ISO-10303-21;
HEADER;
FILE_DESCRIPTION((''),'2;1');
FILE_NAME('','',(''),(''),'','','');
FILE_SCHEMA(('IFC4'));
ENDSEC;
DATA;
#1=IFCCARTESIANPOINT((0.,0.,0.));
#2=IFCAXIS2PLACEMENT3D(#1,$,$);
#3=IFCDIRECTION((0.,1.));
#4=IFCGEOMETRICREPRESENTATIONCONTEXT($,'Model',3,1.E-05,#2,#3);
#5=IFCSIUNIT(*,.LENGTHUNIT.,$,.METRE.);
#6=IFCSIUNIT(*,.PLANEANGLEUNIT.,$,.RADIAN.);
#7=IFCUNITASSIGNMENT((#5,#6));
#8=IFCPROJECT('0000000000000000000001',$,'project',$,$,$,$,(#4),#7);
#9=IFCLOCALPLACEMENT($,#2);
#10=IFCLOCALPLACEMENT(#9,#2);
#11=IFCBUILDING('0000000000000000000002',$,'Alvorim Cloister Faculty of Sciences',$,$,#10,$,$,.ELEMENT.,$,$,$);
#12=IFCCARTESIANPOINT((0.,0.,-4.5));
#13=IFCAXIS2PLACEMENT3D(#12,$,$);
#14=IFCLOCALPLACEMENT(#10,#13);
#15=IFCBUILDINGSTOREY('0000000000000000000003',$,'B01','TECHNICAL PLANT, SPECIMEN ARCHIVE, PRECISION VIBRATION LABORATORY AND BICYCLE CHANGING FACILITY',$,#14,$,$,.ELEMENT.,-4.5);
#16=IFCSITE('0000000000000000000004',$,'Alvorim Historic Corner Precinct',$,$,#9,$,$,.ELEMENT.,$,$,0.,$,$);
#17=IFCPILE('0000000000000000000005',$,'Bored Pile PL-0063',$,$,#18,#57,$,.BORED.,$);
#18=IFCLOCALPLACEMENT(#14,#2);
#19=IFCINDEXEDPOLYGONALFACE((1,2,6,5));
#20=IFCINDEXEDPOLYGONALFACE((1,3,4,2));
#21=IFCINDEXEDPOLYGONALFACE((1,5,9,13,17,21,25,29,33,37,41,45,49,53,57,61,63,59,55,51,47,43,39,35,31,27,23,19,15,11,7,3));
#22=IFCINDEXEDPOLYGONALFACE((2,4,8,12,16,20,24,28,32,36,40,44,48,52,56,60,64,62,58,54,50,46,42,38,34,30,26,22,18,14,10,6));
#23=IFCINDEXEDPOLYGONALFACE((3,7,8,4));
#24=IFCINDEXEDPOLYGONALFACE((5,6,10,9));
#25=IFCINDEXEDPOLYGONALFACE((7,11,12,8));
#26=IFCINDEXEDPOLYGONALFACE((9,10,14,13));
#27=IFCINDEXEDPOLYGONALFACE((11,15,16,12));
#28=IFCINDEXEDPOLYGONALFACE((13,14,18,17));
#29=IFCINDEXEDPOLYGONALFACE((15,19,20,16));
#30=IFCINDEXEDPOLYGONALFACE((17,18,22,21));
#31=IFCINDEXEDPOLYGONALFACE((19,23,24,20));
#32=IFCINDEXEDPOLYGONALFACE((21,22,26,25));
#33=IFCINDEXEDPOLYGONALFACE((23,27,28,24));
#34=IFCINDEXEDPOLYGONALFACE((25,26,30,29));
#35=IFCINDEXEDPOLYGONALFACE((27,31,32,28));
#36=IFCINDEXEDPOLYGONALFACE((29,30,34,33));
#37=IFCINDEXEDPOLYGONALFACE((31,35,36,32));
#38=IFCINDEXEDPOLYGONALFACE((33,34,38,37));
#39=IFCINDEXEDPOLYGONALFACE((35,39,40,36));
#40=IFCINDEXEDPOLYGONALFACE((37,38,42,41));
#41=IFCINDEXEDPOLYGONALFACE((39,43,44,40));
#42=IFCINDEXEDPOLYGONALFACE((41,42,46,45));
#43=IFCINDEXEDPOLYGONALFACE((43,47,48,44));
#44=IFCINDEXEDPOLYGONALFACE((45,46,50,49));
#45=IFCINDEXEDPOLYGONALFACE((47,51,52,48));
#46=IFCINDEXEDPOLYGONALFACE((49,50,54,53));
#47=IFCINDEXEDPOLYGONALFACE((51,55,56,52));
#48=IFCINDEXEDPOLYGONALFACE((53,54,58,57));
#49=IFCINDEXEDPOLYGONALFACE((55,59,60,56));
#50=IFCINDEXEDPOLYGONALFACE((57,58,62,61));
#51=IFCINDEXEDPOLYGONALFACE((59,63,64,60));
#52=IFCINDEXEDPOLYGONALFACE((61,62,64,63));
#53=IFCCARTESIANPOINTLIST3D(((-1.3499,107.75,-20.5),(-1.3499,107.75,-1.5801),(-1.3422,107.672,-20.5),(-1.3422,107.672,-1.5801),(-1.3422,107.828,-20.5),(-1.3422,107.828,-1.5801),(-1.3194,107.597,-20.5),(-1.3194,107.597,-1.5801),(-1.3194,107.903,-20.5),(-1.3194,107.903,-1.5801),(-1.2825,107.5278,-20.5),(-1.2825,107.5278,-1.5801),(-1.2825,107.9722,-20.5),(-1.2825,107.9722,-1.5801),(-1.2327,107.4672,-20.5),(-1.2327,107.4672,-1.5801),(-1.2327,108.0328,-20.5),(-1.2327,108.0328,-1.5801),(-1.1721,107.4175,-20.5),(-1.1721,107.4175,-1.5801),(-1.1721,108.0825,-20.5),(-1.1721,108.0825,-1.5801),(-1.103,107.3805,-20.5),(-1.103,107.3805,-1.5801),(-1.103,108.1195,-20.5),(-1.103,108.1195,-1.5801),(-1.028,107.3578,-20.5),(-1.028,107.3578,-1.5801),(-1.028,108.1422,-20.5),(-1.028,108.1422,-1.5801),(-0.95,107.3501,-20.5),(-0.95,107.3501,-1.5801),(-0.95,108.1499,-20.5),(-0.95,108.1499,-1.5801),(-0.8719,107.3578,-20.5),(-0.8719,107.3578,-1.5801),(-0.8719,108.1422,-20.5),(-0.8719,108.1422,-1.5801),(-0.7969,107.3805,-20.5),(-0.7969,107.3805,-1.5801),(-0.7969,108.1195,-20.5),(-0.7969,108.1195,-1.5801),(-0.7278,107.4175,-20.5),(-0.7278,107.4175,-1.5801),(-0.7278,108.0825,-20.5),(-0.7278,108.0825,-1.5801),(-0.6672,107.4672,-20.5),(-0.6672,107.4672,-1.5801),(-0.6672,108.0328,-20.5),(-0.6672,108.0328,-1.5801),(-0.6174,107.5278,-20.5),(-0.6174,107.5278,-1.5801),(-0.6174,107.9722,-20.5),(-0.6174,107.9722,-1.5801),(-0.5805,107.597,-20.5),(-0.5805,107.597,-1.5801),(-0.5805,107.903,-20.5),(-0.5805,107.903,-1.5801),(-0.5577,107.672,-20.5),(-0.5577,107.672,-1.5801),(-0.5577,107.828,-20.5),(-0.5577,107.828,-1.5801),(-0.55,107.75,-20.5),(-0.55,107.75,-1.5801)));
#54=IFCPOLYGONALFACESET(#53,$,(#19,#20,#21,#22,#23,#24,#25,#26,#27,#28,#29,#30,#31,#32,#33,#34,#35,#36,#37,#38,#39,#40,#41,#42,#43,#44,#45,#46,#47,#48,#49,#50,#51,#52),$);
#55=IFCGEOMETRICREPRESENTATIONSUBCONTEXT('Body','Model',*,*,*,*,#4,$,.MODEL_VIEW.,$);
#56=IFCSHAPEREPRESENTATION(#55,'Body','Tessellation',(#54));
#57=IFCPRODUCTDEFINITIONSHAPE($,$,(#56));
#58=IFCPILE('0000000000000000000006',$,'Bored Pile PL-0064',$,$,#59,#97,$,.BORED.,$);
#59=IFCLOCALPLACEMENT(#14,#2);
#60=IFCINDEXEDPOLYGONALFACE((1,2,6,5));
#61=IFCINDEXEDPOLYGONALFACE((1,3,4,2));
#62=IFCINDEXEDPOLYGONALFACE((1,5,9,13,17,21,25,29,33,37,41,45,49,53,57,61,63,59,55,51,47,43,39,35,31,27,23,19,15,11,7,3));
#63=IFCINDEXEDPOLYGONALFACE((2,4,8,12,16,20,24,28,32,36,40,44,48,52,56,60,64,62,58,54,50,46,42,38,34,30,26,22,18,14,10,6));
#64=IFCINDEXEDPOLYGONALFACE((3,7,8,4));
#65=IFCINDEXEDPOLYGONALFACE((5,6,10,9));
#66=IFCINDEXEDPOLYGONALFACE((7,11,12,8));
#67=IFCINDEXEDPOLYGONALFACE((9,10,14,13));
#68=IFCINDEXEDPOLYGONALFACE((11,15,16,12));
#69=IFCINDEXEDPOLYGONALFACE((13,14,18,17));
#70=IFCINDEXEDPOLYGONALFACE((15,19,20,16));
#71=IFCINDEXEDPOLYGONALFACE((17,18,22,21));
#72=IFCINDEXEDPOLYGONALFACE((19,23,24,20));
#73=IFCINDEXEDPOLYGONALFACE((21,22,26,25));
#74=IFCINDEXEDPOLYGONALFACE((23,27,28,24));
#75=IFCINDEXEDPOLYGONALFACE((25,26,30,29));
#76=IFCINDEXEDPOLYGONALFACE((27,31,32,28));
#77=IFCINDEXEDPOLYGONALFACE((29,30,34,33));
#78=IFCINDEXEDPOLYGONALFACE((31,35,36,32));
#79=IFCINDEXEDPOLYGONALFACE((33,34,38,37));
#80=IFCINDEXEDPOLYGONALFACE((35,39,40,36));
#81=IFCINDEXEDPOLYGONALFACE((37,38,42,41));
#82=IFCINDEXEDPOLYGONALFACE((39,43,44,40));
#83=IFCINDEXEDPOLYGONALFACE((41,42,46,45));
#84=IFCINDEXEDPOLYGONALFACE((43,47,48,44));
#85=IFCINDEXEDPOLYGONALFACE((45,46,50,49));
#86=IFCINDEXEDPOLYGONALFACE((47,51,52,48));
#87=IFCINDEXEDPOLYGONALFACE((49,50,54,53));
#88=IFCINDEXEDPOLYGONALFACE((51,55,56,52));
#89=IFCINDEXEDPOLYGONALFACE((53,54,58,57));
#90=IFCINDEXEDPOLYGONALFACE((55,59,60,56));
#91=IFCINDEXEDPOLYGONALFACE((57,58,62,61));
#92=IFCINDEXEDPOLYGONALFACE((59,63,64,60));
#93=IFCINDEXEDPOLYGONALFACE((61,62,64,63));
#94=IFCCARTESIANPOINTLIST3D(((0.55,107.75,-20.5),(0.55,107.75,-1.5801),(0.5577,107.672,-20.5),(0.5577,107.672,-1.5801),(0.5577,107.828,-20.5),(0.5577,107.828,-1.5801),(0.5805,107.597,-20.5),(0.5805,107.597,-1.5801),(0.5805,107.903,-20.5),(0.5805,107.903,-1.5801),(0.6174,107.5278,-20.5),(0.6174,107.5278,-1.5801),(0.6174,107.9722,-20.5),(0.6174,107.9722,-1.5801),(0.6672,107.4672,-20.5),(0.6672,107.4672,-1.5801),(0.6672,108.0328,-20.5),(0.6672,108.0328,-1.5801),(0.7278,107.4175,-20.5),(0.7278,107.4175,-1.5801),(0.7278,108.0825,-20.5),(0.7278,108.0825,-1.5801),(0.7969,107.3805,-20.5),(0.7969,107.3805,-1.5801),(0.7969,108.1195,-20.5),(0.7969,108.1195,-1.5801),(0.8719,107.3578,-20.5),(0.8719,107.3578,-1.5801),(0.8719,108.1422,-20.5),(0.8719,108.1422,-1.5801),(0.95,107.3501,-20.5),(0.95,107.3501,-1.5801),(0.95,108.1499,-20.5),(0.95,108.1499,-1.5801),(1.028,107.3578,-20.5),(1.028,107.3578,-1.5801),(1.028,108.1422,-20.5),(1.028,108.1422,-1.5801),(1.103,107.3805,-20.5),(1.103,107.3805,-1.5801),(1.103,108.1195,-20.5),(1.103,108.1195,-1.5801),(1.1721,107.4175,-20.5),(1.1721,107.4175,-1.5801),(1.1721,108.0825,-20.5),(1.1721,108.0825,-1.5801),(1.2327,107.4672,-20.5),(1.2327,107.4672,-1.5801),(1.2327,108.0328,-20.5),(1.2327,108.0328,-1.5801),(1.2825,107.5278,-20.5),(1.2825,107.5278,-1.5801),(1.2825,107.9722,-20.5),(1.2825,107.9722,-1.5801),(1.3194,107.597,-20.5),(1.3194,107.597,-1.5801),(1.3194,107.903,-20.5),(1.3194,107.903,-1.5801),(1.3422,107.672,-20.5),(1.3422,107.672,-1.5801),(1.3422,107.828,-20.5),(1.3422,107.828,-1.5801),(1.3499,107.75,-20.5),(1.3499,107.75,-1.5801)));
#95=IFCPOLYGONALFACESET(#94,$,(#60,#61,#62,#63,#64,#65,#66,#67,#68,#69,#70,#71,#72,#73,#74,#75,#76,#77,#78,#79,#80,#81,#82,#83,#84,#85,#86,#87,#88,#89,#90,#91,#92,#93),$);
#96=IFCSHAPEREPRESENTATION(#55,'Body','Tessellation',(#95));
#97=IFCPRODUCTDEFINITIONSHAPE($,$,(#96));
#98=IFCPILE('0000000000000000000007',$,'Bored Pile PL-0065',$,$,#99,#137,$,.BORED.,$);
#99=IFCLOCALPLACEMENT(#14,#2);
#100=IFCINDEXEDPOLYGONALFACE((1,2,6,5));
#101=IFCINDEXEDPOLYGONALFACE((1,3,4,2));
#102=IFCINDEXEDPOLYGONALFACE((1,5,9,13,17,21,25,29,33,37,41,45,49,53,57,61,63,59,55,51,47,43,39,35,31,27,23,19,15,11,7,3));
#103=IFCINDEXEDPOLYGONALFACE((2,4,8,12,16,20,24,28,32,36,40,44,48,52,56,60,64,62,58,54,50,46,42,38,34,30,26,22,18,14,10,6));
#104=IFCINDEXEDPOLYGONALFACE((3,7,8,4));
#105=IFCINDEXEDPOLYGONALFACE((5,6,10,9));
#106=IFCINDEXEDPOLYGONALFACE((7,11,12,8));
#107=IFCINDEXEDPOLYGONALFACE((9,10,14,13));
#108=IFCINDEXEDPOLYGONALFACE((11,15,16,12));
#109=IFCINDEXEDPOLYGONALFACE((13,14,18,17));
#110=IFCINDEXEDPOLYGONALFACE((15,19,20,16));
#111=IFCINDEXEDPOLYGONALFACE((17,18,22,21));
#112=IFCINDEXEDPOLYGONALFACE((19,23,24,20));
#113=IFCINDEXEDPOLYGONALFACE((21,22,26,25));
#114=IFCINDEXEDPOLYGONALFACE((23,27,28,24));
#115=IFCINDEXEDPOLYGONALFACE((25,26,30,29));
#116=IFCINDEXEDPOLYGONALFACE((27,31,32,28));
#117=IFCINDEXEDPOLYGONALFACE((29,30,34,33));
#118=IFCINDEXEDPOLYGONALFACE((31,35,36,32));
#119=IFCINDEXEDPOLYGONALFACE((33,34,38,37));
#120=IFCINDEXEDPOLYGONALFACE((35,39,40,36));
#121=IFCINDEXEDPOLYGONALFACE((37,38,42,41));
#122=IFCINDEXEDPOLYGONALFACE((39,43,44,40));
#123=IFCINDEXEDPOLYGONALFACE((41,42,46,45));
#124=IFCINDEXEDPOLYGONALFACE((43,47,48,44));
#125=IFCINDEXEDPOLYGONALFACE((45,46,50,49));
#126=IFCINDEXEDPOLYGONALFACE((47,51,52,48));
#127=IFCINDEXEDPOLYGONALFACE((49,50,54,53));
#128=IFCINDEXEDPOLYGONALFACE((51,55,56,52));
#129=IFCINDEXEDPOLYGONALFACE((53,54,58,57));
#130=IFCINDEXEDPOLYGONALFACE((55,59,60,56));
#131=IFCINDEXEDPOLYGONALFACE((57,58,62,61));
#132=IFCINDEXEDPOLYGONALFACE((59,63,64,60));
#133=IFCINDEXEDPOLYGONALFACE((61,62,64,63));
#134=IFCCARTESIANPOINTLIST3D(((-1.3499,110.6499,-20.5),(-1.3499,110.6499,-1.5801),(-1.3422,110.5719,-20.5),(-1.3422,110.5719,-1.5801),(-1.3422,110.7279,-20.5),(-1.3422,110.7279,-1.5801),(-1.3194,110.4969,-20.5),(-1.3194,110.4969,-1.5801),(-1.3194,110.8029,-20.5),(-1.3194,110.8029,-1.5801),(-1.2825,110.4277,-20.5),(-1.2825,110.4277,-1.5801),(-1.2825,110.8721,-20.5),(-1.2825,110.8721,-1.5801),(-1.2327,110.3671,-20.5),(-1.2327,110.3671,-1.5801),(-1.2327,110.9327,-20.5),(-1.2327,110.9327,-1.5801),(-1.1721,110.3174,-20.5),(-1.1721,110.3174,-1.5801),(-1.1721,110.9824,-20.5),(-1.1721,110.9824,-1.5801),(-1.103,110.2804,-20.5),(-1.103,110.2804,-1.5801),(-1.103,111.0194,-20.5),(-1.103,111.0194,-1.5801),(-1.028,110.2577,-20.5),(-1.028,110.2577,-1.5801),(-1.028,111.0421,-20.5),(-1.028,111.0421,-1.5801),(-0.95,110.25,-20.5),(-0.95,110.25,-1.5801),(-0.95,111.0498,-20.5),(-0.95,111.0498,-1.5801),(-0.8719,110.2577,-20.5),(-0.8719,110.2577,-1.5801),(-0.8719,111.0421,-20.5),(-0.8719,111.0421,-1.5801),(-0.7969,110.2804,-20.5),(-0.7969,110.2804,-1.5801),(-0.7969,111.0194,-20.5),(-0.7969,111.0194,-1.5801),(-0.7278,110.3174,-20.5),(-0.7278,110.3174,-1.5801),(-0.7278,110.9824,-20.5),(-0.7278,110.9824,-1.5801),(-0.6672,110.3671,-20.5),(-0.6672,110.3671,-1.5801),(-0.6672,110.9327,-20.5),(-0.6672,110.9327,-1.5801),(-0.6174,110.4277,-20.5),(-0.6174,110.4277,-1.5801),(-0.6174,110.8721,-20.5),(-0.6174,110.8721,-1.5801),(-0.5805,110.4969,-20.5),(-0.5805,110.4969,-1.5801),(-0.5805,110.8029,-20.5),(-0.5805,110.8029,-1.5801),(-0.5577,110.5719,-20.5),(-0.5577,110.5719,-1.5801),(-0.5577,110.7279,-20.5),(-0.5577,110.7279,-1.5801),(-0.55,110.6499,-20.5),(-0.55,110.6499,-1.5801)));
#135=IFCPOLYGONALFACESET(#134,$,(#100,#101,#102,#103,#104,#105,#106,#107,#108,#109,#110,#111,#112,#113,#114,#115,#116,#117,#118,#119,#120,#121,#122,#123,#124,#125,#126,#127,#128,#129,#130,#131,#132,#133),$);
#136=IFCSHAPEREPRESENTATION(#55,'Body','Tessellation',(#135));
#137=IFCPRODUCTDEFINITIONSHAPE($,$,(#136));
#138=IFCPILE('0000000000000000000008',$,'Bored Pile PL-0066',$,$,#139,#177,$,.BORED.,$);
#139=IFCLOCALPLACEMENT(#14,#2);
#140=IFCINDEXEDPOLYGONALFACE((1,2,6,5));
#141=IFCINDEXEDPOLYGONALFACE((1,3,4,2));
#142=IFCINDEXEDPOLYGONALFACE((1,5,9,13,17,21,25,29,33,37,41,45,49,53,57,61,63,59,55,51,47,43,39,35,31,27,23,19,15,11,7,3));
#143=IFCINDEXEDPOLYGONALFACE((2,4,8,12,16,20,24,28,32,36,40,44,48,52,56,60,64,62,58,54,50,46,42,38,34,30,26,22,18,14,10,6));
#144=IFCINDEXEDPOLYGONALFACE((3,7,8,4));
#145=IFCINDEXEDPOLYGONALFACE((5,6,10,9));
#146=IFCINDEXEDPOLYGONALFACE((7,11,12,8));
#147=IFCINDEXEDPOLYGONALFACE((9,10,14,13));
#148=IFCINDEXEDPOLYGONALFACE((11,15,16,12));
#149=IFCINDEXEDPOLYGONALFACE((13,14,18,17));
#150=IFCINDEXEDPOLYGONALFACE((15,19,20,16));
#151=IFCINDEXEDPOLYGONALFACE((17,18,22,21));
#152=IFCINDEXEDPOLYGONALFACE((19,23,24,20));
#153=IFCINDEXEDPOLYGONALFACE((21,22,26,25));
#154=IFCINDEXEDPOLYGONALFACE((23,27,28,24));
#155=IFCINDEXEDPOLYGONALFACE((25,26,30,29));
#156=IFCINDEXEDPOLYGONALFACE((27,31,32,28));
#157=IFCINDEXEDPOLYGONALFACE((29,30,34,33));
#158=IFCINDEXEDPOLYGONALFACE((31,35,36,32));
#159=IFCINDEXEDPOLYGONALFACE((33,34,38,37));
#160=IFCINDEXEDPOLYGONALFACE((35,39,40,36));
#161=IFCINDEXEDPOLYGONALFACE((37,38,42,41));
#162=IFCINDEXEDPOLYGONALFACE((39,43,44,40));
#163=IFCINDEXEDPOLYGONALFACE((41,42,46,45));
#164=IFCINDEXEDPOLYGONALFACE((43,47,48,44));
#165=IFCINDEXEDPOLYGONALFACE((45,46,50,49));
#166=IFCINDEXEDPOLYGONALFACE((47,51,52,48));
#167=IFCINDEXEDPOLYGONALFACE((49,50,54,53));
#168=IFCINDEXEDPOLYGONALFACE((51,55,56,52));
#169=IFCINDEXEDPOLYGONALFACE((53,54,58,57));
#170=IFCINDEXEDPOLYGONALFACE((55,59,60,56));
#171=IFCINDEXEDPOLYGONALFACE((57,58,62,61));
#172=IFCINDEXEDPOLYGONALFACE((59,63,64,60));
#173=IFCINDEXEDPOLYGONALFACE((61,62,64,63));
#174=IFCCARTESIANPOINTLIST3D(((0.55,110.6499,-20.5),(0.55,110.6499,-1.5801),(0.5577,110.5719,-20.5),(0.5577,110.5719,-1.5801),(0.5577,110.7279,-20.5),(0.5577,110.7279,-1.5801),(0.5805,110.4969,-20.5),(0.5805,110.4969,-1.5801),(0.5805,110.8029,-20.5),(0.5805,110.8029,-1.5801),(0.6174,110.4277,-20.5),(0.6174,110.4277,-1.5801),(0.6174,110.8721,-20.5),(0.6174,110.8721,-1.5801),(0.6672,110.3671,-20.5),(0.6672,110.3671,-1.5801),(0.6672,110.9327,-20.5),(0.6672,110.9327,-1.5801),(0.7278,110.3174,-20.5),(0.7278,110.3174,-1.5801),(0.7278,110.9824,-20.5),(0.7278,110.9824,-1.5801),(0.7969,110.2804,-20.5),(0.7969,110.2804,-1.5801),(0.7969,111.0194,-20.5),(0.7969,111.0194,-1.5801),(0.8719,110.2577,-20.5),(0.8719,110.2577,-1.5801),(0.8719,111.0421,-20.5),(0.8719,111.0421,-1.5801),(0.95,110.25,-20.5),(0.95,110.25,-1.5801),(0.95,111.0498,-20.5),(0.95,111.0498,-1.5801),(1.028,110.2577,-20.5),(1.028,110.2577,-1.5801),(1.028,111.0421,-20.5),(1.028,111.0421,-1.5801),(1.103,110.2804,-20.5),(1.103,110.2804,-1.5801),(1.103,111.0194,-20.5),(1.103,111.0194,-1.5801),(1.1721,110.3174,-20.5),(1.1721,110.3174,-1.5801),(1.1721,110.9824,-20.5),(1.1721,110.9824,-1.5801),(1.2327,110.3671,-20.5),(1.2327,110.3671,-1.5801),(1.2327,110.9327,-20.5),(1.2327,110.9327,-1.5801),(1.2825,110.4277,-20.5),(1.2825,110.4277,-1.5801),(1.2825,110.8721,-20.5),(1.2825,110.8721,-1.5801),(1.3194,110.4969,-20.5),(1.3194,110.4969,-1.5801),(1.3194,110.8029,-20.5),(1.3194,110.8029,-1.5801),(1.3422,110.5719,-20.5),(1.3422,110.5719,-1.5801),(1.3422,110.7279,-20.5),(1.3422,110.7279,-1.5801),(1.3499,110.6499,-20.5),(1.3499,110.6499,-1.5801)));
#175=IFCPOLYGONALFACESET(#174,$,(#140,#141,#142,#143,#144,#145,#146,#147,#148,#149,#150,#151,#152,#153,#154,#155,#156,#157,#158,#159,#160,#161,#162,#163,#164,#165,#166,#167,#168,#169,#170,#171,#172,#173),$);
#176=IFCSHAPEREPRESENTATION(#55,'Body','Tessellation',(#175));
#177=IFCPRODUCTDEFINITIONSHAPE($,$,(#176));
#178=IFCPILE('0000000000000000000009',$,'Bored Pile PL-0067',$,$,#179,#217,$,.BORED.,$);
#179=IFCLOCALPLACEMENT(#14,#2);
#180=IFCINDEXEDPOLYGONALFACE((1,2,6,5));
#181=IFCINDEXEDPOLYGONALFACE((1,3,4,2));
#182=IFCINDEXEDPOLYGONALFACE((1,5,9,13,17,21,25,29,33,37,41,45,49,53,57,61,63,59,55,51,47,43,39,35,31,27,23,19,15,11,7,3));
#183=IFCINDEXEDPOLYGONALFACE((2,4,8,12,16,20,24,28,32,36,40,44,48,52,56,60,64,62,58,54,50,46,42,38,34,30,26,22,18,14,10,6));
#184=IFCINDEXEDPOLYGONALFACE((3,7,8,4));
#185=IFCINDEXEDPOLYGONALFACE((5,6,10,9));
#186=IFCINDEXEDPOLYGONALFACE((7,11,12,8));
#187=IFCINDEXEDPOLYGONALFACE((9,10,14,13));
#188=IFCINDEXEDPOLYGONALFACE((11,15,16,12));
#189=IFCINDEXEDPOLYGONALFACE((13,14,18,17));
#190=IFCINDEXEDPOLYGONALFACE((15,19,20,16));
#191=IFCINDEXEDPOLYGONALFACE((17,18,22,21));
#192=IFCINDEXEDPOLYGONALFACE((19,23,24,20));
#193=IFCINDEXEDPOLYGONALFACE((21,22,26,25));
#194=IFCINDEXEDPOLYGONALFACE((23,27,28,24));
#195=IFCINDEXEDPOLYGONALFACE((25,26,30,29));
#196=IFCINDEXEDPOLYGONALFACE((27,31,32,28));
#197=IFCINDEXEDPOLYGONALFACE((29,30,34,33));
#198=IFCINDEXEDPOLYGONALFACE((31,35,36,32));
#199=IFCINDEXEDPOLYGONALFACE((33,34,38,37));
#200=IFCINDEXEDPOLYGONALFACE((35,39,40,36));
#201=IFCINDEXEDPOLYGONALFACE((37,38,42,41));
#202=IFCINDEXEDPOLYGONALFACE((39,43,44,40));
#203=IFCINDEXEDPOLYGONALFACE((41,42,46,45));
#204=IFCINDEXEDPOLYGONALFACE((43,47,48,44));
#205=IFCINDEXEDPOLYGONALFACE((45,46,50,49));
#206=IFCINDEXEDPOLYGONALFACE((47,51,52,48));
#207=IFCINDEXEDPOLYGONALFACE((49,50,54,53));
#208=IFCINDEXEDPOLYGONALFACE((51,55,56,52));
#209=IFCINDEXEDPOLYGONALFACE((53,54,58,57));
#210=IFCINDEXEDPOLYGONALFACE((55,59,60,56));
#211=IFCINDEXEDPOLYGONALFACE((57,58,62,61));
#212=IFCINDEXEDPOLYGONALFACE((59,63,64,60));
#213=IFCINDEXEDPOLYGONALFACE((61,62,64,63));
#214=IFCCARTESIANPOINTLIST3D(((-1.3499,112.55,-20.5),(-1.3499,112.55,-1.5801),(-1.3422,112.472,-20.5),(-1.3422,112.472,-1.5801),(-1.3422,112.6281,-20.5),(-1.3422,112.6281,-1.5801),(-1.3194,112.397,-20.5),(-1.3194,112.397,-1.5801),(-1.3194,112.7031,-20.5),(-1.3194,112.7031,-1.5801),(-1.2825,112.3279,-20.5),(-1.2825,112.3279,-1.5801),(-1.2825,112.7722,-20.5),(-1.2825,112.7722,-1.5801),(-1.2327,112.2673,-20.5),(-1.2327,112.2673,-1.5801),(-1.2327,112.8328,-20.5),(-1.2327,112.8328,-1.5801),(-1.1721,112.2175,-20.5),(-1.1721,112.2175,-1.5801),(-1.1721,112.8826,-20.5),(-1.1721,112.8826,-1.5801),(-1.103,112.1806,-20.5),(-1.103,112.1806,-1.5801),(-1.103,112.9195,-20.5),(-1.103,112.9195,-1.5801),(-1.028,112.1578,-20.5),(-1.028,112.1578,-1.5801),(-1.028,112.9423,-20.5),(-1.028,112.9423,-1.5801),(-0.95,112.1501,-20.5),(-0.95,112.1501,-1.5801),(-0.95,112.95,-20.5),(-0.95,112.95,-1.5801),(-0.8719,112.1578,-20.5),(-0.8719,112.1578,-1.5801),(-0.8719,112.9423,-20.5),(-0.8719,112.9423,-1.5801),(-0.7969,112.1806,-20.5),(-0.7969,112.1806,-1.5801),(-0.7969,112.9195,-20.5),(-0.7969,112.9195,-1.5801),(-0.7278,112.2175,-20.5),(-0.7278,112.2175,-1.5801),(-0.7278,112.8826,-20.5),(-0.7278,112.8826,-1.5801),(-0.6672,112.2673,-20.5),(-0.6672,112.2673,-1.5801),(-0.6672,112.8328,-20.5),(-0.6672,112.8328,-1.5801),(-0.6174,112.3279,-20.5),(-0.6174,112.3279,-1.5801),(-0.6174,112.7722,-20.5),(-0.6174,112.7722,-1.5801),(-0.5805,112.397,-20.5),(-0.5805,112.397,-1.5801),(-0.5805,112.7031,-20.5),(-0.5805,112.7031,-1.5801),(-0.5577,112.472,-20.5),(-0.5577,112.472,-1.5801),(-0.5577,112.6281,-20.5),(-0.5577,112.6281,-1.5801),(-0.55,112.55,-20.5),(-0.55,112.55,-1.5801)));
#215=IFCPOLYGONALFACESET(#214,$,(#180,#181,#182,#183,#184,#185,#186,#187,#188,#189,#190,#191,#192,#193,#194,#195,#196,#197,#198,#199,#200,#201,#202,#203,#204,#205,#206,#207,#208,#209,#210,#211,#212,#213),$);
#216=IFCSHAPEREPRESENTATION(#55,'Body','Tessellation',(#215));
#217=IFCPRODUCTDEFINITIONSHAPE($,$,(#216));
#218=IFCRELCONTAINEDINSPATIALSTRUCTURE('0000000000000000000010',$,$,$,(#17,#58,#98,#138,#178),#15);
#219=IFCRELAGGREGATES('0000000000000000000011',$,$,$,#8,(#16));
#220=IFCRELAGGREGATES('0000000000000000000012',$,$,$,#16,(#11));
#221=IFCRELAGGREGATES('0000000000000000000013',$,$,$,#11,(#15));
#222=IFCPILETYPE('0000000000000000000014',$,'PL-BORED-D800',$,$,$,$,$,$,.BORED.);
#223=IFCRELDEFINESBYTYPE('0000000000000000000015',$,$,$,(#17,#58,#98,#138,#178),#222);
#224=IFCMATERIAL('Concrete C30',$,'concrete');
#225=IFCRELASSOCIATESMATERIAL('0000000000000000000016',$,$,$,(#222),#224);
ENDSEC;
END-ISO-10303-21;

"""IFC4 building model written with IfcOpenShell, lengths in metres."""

from ifc_helpers import new_model, si_unit, direction, frame, origin, origin_2d, place, context, subcontext, project, spatial, circle, extrude, material, material_profile, profile_set, type_object, element, save


model = new_model("IFC4")

# Units and contexts
model_context = context("Model", 3, precision=1e-05, world=origin(), true_north=direction((0.0, 1.0)))
body_context = subcontext(model_context, "Body", "Model", "MODEL_VIEW")
ifc_project = project(units=[si_unit("LENGTHUNIT", "METRE"), si_unit("PLANEANGLEUNIT", "RADIAN")], contexts=[model_context])

# Site, building, storey
site_placement = place(None, origin())
site = spatial("IfcSite", under=ifc_project, at=site_placement, Name="Alvorim Historic Corner Precinct", CompositionType="ELEMENT", RefElevation=0.0)
building_placement = place(site_placement, origin())
building = spatial("IfcBuilding", under=site, at=building_placement, Name="Alvorim Cloister Faculty of Sciences", CompositionType="ELEMENT")
storey_placement = place(building_placement, frame((0.0, 0.0, -4.5)))
storey = spatial("IfcBuildingStorey", under=building, at=storey_placement, Name="B01", Description="TECHNICAL PLANT, SPECIMEN ARCHIVE, PRECISION VIBRATION LABORATORY AND BICYCLE CHANGING FACILITY", CompositionType="ELEMENT", Elevation=-4.5)

# Piles
ifc_material_1 = material(Name="Concrete C30", Category="concrete")
ifc_material_profile_1 = material_profile(ifc_material_1, circle(Radius=0.3999, at=origin_2d()), Name="PILE-D800")
ifc_profile_set_1 = profile_set([ifc_material_profile_1], Name="Concrete C30")
pile_type = type_object("IfcPileType", Name="PL-BORED-D800", PredefinedType="BORED", material=ifc_profile_set_1)
for number, where, z_axis, x_axis, name in (
    (1, (-0.95, 107.75, -1.5801), (0.0, 0.0, -1.0), (1.0, 0.0, 0.0), "Bored Pile PL-0063"),
    (2, (0.95, 107.75, -1.5801), (0.0, 0.0, -1.0), (1.0, 0.0, 0.0), "Bored Pile PL-0064"),
    (3, (-0.95, 110.6499, -1.5801), (0.0, 0.0, -1.0), (1.0, 0.0, 0.0), "Bored Pile PL-0065"),
    (4, (0.95, 110.6499, -1.5801), (0.0, 0.0, -1.0), (1.0, 0.0, 0.0), "Bored Pile PL-0066"),
    (5, (-0.95, 112.55, -1.5801), (0.0, 0.0, -1.0), (1.0, 0.0, 0.0), "Bored Pile PL-0067"),
):
    element("IfcPile", number, at=place(storey_placement, frame(where, z_axis=z_axis, x_axis=x_axis)), inside=storey, type_object=pile_type, Name=name, PredefinedType="BORED", context=body_context, shape_type="SweptSolid", body=[
        extrude(circle(Radius=0.3999, at=origin_2d()), origin(), (0.0, 0.0, 1.0), 18.9199),
    ])

save(model, "model.ifc")
